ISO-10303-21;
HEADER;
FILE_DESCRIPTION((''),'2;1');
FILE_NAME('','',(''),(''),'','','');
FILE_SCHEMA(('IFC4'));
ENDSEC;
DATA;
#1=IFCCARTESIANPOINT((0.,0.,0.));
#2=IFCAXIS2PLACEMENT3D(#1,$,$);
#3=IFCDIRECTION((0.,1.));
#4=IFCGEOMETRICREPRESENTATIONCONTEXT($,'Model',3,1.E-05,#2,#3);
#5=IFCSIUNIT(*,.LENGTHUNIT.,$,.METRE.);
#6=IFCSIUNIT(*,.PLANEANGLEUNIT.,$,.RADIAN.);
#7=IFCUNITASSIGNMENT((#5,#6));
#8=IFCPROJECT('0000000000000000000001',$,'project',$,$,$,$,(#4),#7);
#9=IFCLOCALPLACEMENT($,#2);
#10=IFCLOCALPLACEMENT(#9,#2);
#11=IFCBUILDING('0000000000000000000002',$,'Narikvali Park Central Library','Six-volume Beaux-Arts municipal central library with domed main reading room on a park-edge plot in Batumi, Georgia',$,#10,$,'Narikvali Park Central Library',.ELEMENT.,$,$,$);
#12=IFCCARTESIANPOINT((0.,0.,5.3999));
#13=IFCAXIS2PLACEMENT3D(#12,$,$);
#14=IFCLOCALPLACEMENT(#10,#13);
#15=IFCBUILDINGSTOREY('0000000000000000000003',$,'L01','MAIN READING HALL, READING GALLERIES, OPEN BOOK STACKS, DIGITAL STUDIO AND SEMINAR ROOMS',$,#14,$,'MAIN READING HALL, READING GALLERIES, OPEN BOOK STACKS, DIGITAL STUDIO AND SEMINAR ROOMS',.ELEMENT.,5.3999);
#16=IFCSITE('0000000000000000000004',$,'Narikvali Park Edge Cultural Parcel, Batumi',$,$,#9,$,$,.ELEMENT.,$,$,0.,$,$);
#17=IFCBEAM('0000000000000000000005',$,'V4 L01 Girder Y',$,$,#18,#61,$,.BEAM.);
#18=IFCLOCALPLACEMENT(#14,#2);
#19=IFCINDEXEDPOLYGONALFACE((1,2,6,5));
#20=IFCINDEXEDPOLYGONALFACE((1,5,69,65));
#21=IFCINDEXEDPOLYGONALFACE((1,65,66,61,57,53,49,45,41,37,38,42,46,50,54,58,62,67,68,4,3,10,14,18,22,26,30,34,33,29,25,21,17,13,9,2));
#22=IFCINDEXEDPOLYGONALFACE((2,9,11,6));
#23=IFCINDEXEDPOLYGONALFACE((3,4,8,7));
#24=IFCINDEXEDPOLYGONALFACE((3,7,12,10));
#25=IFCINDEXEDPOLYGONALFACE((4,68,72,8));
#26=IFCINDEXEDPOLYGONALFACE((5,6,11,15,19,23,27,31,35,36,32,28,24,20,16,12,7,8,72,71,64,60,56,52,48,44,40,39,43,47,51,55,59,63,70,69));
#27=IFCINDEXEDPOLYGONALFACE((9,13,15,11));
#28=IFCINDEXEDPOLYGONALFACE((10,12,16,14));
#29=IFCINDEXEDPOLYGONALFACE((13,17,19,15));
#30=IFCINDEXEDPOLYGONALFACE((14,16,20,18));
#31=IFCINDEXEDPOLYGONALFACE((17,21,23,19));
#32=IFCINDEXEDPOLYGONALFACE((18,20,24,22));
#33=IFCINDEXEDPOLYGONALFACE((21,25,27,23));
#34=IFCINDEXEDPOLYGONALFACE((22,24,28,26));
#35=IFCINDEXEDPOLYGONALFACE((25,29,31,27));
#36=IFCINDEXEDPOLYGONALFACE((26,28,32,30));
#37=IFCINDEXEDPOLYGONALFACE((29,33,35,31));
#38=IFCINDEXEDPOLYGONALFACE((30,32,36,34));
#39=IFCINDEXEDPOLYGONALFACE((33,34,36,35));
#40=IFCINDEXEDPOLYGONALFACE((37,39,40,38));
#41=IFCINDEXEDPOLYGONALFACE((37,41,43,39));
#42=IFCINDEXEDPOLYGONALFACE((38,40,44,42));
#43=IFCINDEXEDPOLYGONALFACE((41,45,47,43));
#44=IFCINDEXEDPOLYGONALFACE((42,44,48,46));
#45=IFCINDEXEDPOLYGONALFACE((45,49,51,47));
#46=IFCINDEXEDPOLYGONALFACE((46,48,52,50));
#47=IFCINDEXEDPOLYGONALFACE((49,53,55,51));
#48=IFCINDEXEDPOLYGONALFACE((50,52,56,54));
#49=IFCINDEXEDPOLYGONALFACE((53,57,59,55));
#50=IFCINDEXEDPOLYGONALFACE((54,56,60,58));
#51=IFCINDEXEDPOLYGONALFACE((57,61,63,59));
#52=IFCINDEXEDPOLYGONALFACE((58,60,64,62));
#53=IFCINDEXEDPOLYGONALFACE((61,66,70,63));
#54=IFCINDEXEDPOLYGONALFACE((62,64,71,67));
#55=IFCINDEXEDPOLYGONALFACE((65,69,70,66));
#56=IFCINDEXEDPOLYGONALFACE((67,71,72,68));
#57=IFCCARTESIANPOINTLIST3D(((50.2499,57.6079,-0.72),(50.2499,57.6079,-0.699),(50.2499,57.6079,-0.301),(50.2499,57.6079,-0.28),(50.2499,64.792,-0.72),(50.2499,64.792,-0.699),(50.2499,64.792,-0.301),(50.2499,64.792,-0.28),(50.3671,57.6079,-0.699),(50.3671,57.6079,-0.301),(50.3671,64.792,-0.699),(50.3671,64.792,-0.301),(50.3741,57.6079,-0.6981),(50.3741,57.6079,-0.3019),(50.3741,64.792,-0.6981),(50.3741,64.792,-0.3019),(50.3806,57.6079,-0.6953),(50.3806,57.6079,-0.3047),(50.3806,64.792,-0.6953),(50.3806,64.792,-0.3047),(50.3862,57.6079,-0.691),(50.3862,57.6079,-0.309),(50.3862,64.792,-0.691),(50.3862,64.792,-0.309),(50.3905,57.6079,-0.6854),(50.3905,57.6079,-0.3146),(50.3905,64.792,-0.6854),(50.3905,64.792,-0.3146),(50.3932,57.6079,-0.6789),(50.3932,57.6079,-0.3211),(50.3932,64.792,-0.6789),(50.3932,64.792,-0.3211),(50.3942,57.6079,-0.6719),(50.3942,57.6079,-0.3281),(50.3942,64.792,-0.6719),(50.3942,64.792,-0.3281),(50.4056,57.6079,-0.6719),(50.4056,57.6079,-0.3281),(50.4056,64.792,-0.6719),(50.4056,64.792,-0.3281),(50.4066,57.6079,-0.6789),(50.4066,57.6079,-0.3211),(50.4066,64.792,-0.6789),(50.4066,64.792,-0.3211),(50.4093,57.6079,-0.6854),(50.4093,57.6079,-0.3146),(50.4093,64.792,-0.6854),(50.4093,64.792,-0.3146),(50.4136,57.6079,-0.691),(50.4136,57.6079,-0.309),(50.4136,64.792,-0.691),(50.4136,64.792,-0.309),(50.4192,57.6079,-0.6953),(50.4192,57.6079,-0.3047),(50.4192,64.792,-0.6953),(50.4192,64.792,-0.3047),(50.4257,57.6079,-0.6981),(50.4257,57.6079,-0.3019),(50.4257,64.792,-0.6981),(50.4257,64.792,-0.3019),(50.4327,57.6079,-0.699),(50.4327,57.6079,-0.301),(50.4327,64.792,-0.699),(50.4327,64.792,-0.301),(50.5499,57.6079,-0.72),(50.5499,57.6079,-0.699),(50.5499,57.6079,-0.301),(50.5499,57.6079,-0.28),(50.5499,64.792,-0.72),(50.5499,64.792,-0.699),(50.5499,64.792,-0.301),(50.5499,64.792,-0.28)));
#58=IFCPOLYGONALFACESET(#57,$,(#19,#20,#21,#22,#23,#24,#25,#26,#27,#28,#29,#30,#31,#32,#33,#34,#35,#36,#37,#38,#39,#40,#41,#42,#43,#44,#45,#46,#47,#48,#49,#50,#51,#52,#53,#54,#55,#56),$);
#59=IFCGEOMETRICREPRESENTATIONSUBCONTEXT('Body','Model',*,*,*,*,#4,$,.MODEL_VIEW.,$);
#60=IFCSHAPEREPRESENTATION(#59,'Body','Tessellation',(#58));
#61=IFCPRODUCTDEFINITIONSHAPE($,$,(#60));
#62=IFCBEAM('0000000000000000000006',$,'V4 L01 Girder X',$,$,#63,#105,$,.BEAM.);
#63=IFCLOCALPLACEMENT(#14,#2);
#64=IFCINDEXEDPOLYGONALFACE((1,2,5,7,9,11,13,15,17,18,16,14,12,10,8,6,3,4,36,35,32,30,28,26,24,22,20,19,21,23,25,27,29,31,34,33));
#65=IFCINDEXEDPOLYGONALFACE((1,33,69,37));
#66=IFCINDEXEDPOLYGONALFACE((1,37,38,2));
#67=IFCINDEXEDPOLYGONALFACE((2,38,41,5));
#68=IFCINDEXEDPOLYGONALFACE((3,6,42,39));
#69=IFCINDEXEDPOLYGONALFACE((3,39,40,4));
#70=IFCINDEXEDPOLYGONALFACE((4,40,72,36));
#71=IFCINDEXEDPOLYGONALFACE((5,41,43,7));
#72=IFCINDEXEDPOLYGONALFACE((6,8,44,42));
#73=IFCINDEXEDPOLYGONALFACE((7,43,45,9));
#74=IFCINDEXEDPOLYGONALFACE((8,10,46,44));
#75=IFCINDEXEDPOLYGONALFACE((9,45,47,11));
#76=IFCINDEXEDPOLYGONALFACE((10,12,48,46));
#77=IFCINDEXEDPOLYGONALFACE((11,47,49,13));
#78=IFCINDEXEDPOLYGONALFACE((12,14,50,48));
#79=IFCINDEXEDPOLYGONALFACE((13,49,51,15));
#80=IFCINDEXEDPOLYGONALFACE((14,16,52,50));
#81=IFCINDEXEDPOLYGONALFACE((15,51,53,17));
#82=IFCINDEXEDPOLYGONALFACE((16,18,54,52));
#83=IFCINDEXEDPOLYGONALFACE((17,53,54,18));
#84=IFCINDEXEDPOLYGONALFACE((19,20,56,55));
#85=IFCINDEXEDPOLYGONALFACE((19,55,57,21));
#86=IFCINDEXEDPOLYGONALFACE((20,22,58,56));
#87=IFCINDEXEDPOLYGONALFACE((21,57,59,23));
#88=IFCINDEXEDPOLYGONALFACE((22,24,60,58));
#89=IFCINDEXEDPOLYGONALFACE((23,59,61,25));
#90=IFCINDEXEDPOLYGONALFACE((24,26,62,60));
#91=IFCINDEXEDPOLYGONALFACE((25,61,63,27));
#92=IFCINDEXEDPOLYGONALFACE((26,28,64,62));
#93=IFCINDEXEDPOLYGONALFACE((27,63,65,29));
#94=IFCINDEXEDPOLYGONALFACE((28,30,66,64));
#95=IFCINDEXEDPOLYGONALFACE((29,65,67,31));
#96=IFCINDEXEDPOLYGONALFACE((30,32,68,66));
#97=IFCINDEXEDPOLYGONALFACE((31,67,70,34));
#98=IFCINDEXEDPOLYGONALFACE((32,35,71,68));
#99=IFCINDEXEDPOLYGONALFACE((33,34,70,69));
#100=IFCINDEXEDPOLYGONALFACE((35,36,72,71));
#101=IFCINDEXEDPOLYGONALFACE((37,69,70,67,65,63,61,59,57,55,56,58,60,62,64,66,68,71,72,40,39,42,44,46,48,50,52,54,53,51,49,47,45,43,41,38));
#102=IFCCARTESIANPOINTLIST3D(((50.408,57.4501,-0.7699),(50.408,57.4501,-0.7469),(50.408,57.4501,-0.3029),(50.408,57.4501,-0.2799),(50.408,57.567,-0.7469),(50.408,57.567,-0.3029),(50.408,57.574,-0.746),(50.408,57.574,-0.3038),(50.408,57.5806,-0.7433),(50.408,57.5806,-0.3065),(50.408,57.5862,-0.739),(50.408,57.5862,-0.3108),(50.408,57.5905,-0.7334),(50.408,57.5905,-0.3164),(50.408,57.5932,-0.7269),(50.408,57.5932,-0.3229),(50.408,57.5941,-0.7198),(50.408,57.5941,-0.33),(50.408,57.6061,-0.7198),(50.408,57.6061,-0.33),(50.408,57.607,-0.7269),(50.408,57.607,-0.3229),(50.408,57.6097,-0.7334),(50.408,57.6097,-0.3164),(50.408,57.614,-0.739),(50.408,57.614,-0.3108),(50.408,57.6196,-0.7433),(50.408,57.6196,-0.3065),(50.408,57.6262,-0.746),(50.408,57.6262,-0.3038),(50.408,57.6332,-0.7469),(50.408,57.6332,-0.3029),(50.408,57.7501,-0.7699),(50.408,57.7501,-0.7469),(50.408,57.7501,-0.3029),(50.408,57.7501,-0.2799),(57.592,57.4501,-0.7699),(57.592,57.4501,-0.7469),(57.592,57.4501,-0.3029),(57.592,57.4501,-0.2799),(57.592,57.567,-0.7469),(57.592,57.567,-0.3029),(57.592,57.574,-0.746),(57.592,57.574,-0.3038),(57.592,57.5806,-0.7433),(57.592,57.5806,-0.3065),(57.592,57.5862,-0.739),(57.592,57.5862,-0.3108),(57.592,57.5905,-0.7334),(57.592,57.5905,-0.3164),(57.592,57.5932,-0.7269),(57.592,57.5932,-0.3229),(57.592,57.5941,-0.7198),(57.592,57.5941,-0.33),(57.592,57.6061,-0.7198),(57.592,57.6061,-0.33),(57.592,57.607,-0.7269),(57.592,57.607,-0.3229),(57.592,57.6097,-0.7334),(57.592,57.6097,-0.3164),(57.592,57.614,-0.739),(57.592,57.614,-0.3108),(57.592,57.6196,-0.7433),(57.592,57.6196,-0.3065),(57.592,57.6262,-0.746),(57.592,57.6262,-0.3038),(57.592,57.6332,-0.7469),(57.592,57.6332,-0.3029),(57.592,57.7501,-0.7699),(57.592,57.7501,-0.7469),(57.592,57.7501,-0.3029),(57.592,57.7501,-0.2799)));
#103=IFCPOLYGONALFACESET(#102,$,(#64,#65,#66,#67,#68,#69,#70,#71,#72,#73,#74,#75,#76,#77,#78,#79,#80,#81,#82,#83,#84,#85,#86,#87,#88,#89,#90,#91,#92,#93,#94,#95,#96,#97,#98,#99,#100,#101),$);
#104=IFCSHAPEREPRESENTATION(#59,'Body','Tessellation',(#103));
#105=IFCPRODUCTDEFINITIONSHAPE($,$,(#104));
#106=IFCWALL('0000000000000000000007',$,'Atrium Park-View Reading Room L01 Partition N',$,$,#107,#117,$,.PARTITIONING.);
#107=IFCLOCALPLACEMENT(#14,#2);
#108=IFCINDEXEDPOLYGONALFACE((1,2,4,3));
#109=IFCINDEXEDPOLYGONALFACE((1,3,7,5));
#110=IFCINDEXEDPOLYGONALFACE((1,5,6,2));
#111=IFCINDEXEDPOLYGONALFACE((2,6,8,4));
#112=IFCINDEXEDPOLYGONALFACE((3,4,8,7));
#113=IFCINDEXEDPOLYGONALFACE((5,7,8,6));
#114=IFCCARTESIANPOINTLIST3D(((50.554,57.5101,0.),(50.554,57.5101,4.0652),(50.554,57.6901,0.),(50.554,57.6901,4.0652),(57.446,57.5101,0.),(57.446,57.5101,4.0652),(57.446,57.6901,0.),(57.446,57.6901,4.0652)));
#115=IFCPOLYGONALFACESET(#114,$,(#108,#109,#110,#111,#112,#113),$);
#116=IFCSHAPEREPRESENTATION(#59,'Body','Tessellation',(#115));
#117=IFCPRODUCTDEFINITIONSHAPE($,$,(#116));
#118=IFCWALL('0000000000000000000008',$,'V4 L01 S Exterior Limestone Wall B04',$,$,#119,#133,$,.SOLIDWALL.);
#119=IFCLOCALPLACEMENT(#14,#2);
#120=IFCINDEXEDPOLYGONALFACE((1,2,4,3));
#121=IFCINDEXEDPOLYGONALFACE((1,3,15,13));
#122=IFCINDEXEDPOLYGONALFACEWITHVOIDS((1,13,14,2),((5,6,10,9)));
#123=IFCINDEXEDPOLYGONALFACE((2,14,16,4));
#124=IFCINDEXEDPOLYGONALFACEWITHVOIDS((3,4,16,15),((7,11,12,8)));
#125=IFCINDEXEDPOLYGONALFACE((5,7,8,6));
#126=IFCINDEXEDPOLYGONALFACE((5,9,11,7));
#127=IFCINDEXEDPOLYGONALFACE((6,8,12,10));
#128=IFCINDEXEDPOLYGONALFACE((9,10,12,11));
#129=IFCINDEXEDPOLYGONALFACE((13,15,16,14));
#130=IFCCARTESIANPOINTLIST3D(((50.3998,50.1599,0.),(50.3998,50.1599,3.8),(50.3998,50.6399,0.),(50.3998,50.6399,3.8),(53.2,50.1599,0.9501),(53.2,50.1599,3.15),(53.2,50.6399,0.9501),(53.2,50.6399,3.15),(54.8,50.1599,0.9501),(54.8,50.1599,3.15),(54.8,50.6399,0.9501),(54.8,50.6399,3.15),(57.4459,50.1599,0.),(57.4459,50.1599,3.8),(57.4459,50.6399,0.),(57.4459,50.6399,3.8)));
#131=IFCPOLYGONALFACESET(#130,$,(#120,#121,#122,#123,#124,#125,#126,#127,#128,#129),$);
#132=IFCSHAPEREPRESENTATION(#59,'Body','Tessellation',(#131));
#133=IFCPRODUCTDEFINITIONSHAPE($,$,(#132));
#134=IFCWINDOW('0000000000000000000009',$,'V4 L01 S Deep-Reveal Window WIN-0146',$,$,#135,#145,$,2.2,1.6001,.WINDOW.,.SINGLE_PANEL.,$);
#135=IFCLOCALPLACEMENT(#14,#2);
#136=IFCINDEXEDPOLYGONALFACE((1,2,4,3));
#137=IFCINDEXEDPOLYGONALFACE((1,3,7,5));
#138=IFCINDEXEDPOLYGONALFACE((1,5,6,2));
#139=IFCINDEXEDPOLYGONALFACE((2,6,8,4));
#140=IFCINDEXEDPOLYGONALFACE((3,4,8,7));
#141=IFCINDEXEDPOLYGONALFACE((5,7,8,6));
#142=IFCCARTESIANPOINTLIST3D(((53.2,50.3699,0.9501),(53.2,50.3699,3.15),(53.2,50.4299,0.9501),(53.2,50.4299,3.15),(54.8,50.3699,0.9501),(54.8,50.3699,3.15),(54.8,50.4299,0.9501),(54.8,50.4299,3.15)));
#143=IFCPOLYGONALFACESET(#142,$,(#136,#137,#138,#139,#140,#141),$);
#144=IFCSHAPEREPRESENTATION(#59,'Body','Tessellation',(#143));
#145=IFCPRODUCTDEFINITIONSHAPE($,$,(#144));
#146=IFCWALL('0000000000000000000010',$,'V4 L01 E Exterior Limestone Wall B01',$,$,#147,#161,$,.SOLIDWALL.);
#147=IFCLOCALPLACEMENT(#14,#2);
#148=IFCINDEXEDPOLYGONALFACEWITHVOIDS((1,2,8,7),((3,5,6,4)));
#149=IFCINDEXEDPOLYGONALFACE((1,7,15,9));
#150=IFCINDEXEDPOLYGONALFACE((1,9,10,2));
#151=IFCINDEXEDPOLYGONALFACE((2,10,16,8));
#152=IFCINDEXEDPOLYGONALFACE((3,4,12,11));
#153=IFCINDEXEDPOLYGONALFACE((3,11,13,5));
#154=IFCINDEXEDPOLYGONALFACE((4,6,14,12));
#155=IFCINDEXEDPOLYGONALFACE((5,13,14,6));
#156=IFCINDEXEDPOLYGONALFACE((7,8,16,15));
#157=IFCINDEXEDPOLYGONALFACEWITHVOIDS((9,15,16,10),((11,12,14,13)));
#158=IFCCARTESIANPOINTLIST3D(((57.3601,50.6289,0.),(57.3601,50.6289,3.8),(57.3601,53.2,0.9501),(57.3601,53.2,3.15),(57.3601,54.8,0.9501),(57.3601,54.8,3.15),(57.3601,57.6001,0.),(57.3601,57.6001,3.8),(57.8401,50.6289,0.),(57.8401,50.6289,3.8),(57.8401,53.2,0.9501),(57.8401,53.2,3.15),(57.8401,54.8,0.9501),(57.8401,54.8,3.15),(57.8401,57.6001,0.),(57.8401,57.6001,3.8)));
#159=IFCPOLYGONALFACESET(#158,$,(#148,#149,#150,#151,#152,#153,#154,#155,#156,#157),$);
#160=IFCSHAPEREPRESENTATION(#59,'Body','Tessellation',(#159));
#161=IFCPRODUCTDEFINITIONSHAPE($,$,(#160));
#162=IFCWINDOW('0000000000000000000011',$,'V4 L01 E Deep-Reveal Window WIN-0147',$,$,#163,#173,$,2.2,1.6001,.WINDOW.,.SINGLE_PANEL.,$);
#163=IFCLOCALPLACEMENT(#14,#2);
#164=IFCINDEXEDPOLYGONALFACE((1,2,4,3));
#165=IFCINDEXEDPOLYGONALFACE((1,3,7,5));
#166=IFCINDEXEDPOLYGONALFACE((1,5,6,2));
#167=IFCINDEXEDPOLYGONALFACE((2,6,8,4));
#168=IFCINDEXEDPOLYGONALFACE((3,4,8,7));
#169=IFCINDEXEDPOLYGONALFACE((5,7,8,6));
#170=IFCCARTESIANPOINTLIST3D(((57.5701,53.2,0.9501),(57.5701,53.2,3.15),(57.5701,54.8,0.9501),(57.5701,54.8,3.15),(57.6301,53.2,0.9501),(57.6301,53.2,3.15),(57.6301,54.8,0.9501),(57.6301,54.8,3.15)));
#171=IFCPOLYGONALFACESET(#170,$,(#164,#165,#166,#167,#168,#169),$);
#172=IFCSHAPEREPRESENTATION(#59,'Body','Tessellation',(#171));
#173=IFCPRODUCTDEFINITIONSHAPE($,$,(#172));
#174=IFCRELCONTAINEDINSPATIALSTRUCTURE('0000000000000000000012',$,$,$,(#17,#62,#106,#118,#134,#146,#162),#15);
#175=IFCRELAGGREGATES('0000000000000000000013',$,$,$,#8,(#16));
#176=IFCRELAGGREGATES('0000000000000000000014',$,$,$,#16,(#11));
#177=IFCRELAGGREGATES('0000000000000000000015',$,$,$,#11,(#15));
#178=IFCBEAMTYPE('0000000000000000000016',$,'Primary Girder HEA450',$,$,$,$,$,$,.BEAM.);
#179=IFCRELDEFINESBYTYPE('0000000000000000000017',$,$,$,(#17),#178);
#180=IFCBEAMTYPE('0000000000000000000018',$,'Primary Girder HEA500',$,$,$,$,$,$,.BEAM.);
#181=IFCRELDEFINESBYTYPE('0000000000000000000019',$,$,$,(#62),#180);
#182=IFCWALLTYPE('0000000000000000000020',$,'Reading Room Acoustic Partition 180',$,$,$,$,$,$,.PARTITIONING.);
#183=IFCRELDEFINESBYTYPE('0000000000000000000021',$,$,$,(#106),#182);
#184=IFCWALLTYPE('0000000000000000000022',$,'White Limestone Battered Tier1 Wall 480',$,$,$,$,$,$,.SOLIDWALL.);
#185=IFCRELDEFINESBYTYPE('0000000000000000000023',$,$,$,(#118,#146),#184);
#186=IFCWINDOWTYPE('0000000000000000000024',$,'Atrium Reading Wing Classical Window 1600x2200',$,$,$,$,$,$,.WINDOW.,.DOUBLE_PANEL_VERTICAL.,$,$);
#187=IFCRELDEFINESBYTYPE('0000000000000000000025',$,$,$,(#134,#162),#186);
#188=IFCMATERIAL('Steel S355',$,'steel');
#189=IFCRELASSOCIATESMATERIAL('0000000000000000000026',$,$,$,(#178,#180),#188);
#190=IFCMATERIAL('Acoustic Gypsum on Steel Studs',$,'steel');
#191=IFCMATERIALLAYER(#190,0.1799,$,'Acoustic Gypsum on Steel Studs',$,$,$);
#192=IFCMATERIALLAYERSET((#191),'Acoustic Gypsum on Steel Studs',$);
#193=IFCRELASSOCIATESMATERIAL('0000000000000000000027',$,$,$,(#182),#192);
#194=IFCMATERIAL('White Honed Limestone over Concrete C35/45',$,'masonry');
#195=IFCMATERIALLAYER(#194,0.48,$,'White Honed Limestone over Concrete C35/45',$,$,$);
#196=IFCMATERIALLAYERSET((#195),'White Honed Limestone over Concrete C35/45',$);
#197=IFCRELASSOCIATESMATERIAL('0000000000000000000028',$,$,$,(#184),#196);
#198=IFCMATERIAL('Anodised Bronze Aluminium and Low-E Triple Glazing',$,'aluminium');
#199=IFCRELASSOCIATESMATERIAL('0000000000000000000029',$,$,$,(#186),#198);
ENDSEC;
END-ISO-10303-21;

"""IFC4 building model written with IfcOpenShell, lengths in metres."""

from ifc_helpers import new_model, si_unit, direction, frame, frame_2d, origin, origin_2d, place, context, subcontext, project, spatial, rectangle, i_section, extrude, material, layer, layer_set, material_profile, profile_set, type_object, element, fill, save


model = new_model("IFC4")

# Units and contexts
model_context = context("Model", 3, precision=1e-05, world=origin(), true_north=direction((0.0, 1.0)))
body_context = subcontext(model_context, "Body", "Model", "MODEL_VIEW")
ifc_project = project(units=[si_unit("LENGTHUNIT", "METRE"), si_unit("PLANEANGLEUNIT", "RADIAN")], contexts=[model_context])

# Site, building, storey
site_placement = place(None, origin())
site = spatial("IfcSite", under=ifc_project, at=site_placement, Name="Narikvali Park Edge Cultural Parcel, Batumi", CompositionType="ELEMENT", RefElevation=0.0)
building_placement = place(site_placement, origin())
building = spatial("IfcBuilding", under=site, at=building_placement, Name="Narikvali Park Central Library", Description="Six-volume Beaux-Arts municipal central library with domed main reading room on a park-edge plot in Batumi, Georgia", LongName="Narikvali Park Central Library", CompositionType="ELEMENT")
storey_placement = place(building_placement, frame((0.0, 0.0, 5.3999)))
storey = spatial("IfcBuildingStorey", under=building, at=storey_placement, Name="L01", Description="MAIN READING HALL, READING GALLERIES, OPEN BOOK STACKS, DIGITAL STUDIO AND SEMINAR ROOMS", LongName="MAIN READING HALL, READING GALLERIES, OPEN BOOK STACKS, DIGITAL STUDIO AND SEMINAR ROOMS", CompositionType="ELEMENT", Elevation=5.3999)

# Shared definitions
ifc_material_1 = material(Name="Steel S355", Category="steel")

# Beams
ifc_material_profile_1 = material_profile(ifc_material_1, i_section(OverallWidth=0.3, OverallDepth=0.4399, WebThickness=0.0115, FlangeThickness=0.021, FilletRadius=0.0271, at=origin_2d()), Name="HEA 450")
ifc_profile_set_1 = profile_set([ifc_material_profile_1], Name="Steel S355")
beam_type_1 = type_object("IfcBeamType", Name="Primary Girder HEA450", PredefinedType="BEAM", material=ifc_profile_set_1)
for number, where, z_axis, x_axis, name in (
    (1, (50.3999, 57.6079, -0.5), (0.0, 1.0, 0.0), (-1.0, 0.0, 0.0), "V4 L01 Girder Y"),
):
    element("IfcBeam", number, at=place(storey_placement, frame(where, z_axis=z_axis, x_axis=x_axis)), inside=storey, type_object=beam_type_1, Name=name, PredefinedType="BEAM", context=body_context, shape_type="SweptSolid", body=[
        extrude(i_section(OverallWidth=0.3, OverallDepth=0.4399, WebThickness=0.0115, FlangeThickness=0.021, FilletRadius=0.0271, at=origin_2d()), origin(), (0.0, 0.0, 1.0), 7.1841),
    ])
ifc_material_profile_2 = material_profile(ifc_material_1, i_section(OverallWidth=0.3, OverallDepth=0.49, WebThickness=0.012, FlangeThickness=0.0229, FilletRadius=0.0271, at=origin_2d()), Name="HEA 500")
ifc_profile_set_2 = profile_set([ifc_material_profile_2], Name="Steel S355")
beam_type_2 = type_object("IfcBeamType", Name="Primary Girder HEA500", PredefinedType="BEAM", material=ifc_profile_set_2)
beam_placement = place(storey_placement, frame((50.408, 57.6001, -0.5249), z_axis=(1.0, 0.0, 0.0), x_axis=(0.0, 1.0, 0.0)))
element("IfcBeam", 2, at=beam_placement, inside=storey, type_object=beam_type_2, Name="V4 L01 Girder X", PredefinedType="BEAM", context=body_context, shape_type="SweptSolid", body=[
    extrude(i_section(OverallWidth=0.3, OverallDepth=0.49, WebThickness=0.012, FlangeThickness=0.0229, FilletRadius=0.0271, at=origin_2d()), origin(), (0.0, 0.0, 1.0), 7.1841),
])

# Wall
ifc_material_2 = material(Name="Acoustic Gypsum on Steel Studs", Category="steel")
ifc_layer_1 = layer(ifc_material_2, 0.1799, Name="Acoustic Gypsum on Steel Studs")
ifc_layer_set_1 = layer_set([ifc_layer_1], Name="Acoustic Gypsum on Steel Studs")
wall_type_1 = type_object("IfcWallType", Name="Reading Room Acoustic Partition 180", PredefinedType="PARTITIONING", material=ifc_layer_set_1)
wall_1_placement = place(storey_placement, frame((50.554, 57.6001, 0.0), z_axis=(0.0, 0.0, 1.0), x_axis=(1.0, 0.0, 0.0)))
element("IfcWall", 3, at=wall_1_placement, inside=storey, type_object=wall_type_1, Name="Atrium Park-View Reading Room L01 Partition N", PredefinedType="PARTITIONING", context=body_context, shape_type="SweptSolid", body=[
    extrude(rectangle(XDim=6.8921, YDim=0.1799, at=frame_2d((3.446, 0.0))), origin(), (0.0, 0.0, 1.0), 4.0652),
])

# Walls, openings, windows
ifc_material_3 = material(Name="White Honed Limestone over Concrete C35/45", Category="masonry")
ifc_layer_2 = layer(ifc_material_3, 0.48, Name="White Honed Limestone over Concrete C35/45")
ifc_layer_set_2 = layer_set([ifc_layer_2], Name="White Honed Limestone over Concrete C35/45")
wall_type_2 = type_object("IfcWallType", Name="White Limestone Battered Tier1 Wall 480", PredefinedType="SOLIDWALL", material=ifc_layer_set_2)
wall_2_placement = place(storey_placement, frame((50.3999, 50.3999, 0.0), z_axis=(0.0, 0.0, 1.0), x_axis=(1.0, 0.0, 0.0)))
wall_2 = element("IfcWall", 4, at=wall_2_placement, inside=storey, type_object=wall_type_2, Name="V4 L01 S Exterior Limestone Wall B04", PredefinedType="SOLIDWALL", context=body_context, shape_type="SweptSolid", body=[
    extrude(rectangle(XDim=7.0461, YDim=0.48, at=frame_2d((3.5229, 0.0))), origin(), (0.0, 0.0, 1.0), 3.8),
])
opening_1_placement = place(wall_2_placement, frame((2.8, 0.0, 0.95)))
opening_1 = element("IfcOpeningElement", 5, at=opening_1_placement, cuts=wall_2, PredefinedType="OPENING", context=body_context, shape_type="SweptSolid", body=[
    extrude(rectangle(XDim=1.6001, YDim=2.2, at=frame_2d((0.8, 1.1001))), frame((0.0, 0.252, 0.0), z_axis=(0.0, -1.0, 0.0), x_axis=(1.0, 0.0, 0.0)), (0.0, 0.0, 1.0), 0.5039),
])
ifc_material_4 = material(Name="Anodised Bronze Aluminium and Low-E Triple Glazing", Category="aluminium")
window_type = type_object("IfcWindowType", Name="Atrium Reading Wing Classical Window 1600x2200", PartitioningType="DOUBLE_PANEL_VERTICAL", PredefinedType="WINDOW", material=ifc_material_4)
window_1_placement = place(opening_1_placement, origin())
window_1 = element("IfcWindow", 6, at=window_1_placement, inside=storey, type_object=window_type, Name="V4 L01 S Deep-Reveal Window WIN-0146", OverallHeight=2.2, OverallWidth=1.6001, PartitioningType="SINGLE_PANEL", PredefinedType="WINDOW", context=body_context, shape_type="SweptSolid", body=[
    extrude(rectangle(XDim=1.6001, YDim=2.2, at=frame_2d((0.8, 1.1001))), frame((0.0, 0.03, 0.0), z_axis=(0.0, -1.0, 0.0), x_axis=(1.0, 0.0, 0.0)), (0.0, 0.0, 1.0), 0.0601),
])
fill(opening_1, window_1)
wall_3_placement = place(storey_placement, frame((57.6001, 50.6289, 0.0), z_axis=(0.0, 0.0, 1.0), x_axis=(0.0, 1.0, 0.0)))
wall_3 = element("IfcWall", 7, at=wall_3_placement, inside=storey, type_object=wall_type_2, Name="V4 L01 E Exterior Limestone Wall B01", PredefinedType="SOLIDWALL", context=body_context, shape_type="SweptSolid", body=[
    extrude(rectangle(XDim=6.9712, YDim=0.48, at=frame_2d((3.4856, 0.0))), origin(), (0.0, 0.0, 1.0), 3.8),
])
opening_2_placement = place(wall_3_placement, frame((2.571, 0.0, 0.95)))
opening_2 = element("IfcOpeningElement", 8, at=opening_2_placement, cuts=wall_3, PredefinedType="OPENING", context=body_context, shape_type="SweptSolid", body=[
    extrude(rectangle(XDim=1.6001, YDim=2.2, at=frame_2d((0.8, 1.1001))), frame((0.0, 0.252, 0.0), z_axis=(0.0, -1.0, 0.0), x_axis=(1.0, 0.0, 0.0)), (0.0, 0.0, 1.0), 0.5039),
])
window_2_placement = place(opening_2_placement, origin())
window_2 = element("IfcWindow", 9, at=window_2_placement, inside=storey, type_object=window_type, Name="V4 L01 E Deep-Reveal Window WIN-0147", OverallHeight=2.2, OverallWidth=1.6001, PartitioningType="SINGLE_PANEL", PredefinedType="WINDOW", context=body_context, shape_type="SweptSolid", body=[
    extrude(rectangle(XDim=1.6001, YDim=2.2, at=frame_2d((0.8, 1.1001))), frame((0.0, 0.03, 0.0), z_axis=(0.0, -1.0, 0.0), x_axis=(1.0, 0.0, 0.0)), (0.0, 0.0, 1.0), 0.0601),
])
fill(opening_2, window_2)

save(model, "model.ifc")
